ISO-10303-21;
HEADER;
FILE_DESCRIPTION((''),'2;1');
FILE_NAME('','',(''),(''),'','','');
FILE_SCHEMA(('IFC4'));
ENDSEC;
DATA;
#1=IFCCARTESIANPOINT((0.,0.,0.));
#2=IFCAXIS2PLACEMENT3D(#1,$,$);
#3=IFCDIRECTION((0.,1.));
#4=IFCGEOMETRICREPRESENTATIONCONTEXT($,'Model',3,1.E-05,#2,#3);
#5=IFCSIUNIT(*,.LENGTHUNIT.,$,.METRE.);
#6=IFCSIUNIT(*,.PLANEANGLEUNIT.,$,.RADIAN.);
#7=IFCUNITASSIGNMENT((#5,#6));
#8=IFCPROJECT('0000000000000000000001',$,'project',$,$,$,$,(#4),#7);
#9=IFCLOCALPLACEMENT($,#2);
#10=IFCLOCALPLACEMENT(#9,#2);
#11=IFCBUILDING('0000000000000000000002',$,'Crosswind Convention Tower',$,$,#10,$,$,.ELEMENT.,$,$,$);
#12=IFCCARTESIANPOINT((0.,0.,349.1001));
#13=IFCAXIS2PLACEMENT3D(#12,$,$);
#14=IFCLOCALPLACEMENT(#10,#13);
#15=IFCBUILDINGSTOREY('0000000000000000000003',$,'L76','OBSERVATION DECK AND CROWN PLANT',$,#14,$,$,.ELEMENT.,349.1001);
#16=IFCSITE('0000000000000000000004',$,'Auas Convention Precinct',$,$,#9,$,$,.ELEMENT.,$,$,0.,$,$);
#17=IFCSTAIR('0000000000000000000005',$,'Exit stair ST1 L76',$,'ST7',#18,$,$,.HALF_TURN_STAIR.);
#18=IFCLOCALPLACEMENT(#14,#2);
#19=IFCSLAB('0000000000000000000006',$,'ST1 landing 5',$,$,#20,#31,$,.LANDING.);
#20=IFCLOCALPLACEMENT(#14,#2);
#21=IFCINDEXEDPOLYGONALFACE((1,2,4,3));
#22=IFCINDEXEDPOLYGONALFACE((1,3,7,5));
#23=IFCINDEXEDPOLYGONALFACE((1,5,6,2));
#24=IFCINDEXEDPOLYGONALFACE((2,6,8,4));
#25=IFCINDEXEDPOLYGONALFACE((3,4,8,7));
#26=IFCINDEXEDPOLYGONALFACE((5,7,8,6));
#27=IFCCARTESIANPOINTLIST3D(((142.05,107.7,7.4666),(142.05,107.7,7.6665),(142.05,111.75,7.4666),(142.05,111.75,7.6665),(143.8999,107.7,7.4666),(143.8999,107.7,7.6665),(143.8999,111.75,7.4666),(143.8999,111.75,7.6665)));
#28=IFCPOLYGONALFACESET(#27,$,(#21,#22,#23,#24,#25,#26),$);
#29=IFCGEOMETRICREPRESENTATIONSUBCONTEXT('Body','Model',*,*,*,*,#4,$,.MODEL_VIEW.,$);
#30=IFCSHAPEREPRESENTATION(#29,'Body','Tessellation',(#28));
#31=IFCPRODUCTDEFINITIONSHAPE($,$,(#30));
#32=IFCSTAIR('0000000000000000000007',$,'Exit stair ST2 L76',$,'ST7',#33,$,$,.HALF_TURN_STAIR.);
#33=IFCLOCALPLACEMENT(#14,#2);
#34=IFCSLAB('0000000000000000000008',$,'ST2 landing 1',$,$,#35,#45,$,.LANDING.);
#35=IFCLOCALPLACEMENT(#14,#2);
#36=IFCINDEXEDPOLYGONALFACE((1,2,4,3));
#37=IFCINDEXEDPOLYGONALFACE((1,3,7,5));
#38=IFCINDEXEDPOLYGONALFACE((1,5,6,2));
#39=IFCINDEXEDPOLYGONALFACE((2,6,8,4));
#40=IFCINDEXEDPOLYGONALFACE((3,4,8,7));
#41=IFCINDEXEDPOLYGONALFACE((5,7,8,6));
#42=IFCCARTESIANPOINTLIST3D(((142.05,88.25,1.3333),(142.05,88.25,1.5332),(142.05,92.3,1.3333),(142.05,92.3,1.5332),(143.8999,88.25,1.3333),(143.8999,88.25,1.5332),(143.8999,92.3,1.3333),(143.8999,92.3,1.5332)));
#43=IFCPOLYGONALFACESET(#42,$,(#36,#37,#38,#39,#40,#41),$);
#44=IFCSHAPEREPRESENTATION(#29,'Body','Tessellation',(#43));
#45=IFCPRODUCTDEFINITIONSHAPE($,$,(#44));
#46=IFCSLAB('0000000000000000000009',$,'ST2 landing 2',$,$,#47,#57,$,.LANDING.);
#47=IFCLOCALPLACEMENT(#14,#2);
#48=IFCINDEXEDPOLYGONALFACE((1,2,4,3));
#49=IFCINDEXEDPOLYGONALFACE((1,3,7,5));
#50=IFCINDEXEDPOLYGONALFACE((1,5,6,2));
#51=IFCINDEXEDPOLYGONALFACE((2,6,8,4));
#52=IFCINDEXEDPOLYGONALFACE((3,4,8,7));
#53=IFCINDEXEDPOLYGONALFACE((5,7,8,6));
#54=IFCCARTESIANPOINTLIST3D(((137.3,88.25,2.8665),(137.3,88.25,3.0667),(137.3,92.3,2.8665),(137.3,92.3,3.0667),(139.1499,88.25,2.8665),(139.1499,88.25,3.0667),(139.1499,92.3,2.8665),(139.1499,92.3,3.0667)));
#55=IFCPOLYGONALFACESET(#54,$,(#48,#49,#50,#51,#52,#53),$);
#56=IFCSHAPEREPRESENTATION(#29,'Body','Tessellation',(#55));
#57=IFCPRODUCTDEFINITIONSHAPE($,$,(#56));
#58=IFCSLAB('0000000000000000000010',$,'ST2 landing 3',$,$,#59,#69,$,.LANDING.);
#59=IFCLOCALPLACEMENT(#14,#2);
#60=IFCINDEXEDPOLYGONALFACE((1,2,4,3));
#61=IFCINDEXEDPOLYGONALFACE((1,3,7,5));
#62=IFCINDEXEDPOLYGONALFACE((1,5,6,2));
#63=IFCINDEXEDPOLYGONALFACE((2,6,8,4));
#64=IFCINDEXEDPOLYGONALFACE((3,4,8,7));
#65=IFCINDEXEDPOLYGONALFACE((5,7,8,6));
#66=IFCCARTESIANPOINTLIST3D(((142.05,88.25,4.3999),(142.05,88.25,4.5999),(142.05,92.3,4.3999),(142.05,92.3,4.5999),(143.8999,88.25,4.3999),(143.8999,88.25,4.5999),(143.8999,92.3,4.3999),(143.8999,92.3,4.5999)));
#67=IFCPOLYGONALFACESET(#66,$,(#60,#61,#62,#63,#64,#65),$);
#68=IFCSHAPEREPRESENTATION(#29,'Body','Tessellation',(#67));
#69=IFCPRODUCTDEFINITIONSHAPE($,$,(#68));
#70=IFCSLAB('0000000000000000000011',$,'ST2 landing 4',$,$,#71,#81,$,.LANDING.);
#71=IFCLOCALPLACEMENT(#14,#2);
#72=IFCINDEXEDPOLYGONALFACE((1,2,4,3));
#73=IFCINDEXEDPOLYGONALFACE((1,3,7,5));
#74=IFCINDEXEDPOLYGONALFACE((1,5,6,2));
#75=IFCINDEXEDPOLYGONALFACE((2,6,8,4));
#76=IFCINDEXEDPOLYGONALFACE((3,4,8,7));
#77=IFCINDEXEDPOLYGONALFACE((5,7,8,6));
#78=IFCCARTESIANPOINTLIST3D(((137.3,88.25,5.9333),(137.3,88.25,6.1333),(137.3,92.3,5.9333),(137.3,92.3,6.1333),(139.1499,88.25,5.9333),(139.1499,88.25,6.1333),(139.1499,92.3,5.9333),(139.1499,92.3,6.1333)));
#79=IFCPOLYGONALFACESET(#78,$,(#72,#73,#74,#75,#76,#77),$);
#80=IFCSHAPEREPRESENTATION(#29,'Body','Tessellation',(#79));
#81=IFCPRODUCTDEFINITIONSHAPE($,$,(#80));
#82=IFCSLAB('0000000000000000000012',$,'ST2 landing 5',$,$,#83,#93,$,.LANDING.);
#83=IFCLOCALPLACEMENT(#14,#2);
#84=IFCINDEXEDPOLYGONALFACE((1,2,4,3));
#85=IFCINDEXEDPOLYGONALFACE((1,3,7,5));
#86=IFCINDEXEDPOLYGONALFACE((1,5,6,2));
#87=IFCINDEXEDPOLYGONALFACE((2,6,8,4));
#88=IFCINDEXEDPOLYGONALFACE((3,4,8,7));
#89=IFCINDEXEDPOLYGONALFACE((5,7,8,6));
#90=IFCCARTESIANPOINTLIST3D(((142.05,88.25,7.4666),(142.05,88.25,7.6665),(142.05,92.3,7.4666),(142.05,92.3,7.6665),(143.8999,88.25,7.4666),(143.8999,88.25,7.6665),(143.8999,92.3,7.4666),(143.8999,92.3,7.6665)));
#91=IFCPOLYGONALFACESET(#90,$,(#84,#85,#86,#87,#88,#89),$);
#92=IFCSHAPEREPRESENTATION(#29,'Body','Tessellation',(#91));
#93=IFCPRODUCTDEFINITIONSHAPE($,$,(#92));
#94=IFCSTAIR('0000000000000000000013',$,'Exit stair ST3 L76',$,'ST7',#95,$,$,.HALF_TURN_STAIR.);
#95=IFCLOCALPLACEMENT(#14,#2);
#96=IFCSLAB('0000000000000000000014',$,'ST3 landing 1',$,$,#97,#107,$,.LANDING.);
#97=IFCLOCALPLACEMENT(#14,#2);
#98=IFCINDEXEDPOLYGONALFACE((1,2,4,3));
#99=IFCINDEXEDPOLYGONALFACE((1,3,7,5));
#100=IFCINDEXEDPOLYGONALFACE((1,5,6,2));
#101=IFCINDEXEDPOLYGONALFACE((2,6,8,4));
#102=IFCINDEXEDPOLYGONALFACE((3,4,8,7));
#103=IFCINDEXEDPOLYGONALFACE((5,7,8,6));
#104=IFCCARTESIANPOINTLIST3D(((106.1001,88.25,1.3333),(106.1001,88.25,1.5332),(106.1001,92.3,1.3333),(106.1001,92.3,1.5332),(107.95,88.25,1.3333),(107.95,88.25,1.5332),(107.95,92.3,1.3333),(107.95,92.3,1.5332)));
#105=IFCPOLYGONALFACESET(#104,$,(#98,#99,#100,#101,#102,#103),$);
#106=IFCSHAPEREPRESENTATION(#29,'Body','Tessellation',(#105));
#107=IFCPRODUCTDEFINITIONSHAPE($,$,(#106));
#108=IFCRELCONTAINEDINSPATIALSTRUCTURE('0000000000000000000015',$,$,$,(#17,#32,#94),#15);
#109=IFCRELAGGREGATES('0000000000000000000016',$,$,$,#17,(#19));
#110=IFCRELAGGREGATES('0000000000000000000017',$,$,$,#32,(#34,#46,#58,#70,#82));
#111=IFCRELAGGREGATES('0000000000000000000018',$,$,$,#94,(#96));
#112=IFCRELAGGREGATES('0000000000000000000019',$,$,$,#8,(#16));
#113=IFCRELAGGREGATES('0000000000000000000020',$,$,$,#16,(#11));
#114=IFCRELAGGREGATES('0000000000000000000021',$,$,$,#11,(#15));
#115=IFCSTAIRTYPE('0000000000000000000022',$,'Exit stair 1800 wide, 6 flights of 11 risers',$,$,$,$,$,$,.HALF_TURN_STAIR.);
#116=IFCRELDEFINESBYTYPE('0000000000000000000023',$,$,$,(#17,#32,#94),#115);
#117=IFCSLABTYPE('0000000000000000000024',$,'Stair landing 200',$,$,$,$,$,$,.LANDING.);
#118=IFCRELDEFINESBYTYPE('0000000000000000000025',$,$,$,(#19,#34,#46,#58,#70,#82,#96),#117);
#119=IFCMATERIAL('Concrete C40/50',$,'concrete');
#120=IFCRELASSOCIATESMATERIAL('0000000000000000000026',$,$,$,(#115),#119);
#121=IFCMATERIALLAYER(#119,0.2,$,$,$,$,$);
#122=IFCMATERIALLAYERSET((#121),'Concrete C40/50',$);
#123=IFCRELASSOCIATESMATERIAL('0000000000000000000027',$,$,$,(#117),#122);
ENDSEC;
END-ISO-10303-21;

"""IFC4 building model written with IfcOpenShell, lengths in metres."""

from ifc_helpers import new_model, si_unit, direction, frame, origin, place, context, subcontext, project, spatial, polyline, outline, extrude, material, layer, layer_set, type_object, element, aggregate, save


model = new_model("IFC4")

# Units and contexts
model_context = context("Model", 3, precision=1e-05, world=origin(), true_north=direction((0.0, 1.0)))
body_context = subcontext(model_context, "Body", "Model", "MODEL_VIEW")
ifc_project = project(units=[si_unit("LENGTHUNIT", "METRE"), si_unit("PLANEANGLEUNIT", "RADIAN")], contexts=[model_context])

# Site, building, storey
site_placement = place(None, origin())
site = spatial("IfcSite", under=ifc_project, at=site_placement, Name="Auas Convention Precinct", CompositionType="ELEMENT", RefElevation=0.0)
building_placement = place(site_placement, origin())
building = spatial("IfcBuilding", under=site, at=building_placement, Name="Crosswind Convention Tower", CompositionType="ELEMENT")
storey_placement = place(building_placement, frame((0.0, 0.0, 349.1001)))
storey = spatial("IfcBuildingStorey", under=building, at=storey_placement, Name="L76", Description="OBSERVATION DECK AND CROWN PLANT", CompositionType="ELEMENT", Elevation=349.1001)

# Shared definitions
ifc_material = material(Name="Concrete C40/50", Category="concrete")

# Stairs, slabs
stair_type = type_object("IfcStairType", Name="Exit stair 1800 wide, 6 flights of 11 risers", PredefinedType="HALF_TURN_STAIR", material=ifc_material)
stair_1_placement = place(storey_placement, origin())
stair_1 = element("IfcStair", 1, at=stair_1_placement, inside=storey, type_object=stair_type, Name="Exit stair ST1 L76", ObjectType="ST7", PredefinedType="HALF_TURN_STAIR")
ifc_layer_1 = layer(ifc_material, 0.2)
ifc_layer_set_1 = layer_set([ifc_layer_1], Name="Concrete C40/50")
slab_type_1 = type_object("IfcSlabType", Name="Stair landing 200", PredefinedType="LANDING", material=ifc_layer_set_1)
slab_1_placement = place(storey_placement, frame((0.0, 0.0, 7.4666)))
slab_1 = element("IfcSlab", 2, at=slab_1_placement, type_object=slab_type_1, Name="ST1 landing 5", PredefinedType="LANDING", context=body_context, shape_type="SweptSolid", body=[
    extrude(outline(polyline([(143.8999, 107.7), (143.8999, 111.75), (142.05, 111.75), (142.05, 107.7), (143.8999, 107.7)])), origin(), (0.0, 0.0, 1.0), 0.2),
])
aggregate(stair_1, [slab_1])
stair_2_placement = place(storey_placement, origin())
stair_2 = element("IfcStair", 3, at=stair_2_placement, inside=storey, type_object=stair_type, Name="Exit stair ST2 L76", ObjectType="ST7", PredefinedType="HALF_TURN_STAIR")
slab_2_placement = place(storey_placement, frame((0.0, 0.0, 1.3333)))
slab_2 = element("IfcSlab", 4, at=slab_2_placement, type_object=slab_type_1, Name="ST2 landing 1", PredefinedType="LANDING", context=body_context, shape_type="SweptSolid", body=[
    extrude(outline(polyline([(143.8999, 88.25), (143.8999, 92.3), (142.05, 92.3), (142.05, 88.25), (143.8999, 88.25)])), origin(), (0.0, 0.0, 1.0), 0.2),
])
slab_3_placement = place(storey_placement, frame((0.0, 0.0, 2.8665)))
slab_3 = element("IfcSlab", 5, at=slab_3_placement, type_object=slab_type_1, Name="ST2 landing 2", PredefinedType="LANDING", context=body_context, shape_type="SweptSolid", body=[
    extrude(outline(polyline([(139.1499, 88.25), (139.1499, 92.3), (137.3, 92.3), (137.3, 88.25), (139.1499, 88.25)])), origin(), (0.0, 0.0, 1.0), 0.2002),
])
slab_4_placement = place(storey_placement, frame((0.0, 0.0, 4.3999)))
slab_4 = element("IfcSlab", 6, at=slab_4_placement, type_object=slab_type_1, Name="ST2 landing 3", PredefinedType="LANDING", context=body_context, shape_type="SweptSolid", body=[
    extrude(outline(polyline([(143.8999, 88.25), (143.8999, 92.3), (142.05, 92.3), (142.05, 88.25), (143.8999, 88.25)])), origin(), (0.0, 0.0, 1.0), 0.2),
])
slab_5_placement = place(storey_placement, frame((0.0, 0.0, 5.9333)))
slab_5 = element("IfcSlab", 7, at=slab_5_placement, type_object=slab_type_1, Name="ST2 landing 4", PredefinedType="LANDING", context=body_context, shape_type="SweptSolid", body=[
    extrude(outline(polyline([(139.1499, 88.25), (139.1499, 92.3), (137.3, 92.3), (137.3, 88.25), (139.1499, 88.25)])), origin(), (0.0, 0.0, 1.0), 0.2),
])
slab_6_placement = place(storey_placement, frame((0.0, 0.0, 7.4666)))
slab_6 = element("IfcSlab", 8, at=slab_6_placement, type_object=slab_type_1, Name="ST2 landing 5", PredefinedType="LANDING", context=body_context, shape_type="SweptSolid", body=[
    extrude(outline(polyline([(143.8999, 88.25), (143.8999, 92.3), (142.05, 92.3), (142.05, 88.25), (143.8999, 88.25)])), origin(), (0.0, 0.0, 1.0), 0.2),
])
aggregate(stair_2, [slab_2, slab_3, slab_4, slab_5, slab_6])

# Stair, slab
stair_3_placement = place(storey_placement, origin())
stair_3 = element("IfcStair", 9, at=stair_3_placement, inside=storey, type_object=stair_type, Name="Exit stair ST3 L76", ObjectType="ST7", PredefinedType="HALF_TURN_STAIR")
slab_7_placement = place(storey_placement, frame((0.0, 0.0, 1.3333)))
slab_7 = element("IfcSlab", 10, at=slab_7_placement, type_object=slab_type_1, Name="ST3 landing 1", PredefinedType="LANDING", context=body_context, shape_type="SweptSolid", body=[
    extrude(outline(polyline([(107.95, 88.25), (107.95, 92.3), (106.1001, 92.3), (106.1001, 88.25), (107.95, 88.25)])), origin(), (0.0, 0.0, 1.0), 0.2),
])
aggregate(stair_3, [slab_7])

save(model, "model.ifc")
